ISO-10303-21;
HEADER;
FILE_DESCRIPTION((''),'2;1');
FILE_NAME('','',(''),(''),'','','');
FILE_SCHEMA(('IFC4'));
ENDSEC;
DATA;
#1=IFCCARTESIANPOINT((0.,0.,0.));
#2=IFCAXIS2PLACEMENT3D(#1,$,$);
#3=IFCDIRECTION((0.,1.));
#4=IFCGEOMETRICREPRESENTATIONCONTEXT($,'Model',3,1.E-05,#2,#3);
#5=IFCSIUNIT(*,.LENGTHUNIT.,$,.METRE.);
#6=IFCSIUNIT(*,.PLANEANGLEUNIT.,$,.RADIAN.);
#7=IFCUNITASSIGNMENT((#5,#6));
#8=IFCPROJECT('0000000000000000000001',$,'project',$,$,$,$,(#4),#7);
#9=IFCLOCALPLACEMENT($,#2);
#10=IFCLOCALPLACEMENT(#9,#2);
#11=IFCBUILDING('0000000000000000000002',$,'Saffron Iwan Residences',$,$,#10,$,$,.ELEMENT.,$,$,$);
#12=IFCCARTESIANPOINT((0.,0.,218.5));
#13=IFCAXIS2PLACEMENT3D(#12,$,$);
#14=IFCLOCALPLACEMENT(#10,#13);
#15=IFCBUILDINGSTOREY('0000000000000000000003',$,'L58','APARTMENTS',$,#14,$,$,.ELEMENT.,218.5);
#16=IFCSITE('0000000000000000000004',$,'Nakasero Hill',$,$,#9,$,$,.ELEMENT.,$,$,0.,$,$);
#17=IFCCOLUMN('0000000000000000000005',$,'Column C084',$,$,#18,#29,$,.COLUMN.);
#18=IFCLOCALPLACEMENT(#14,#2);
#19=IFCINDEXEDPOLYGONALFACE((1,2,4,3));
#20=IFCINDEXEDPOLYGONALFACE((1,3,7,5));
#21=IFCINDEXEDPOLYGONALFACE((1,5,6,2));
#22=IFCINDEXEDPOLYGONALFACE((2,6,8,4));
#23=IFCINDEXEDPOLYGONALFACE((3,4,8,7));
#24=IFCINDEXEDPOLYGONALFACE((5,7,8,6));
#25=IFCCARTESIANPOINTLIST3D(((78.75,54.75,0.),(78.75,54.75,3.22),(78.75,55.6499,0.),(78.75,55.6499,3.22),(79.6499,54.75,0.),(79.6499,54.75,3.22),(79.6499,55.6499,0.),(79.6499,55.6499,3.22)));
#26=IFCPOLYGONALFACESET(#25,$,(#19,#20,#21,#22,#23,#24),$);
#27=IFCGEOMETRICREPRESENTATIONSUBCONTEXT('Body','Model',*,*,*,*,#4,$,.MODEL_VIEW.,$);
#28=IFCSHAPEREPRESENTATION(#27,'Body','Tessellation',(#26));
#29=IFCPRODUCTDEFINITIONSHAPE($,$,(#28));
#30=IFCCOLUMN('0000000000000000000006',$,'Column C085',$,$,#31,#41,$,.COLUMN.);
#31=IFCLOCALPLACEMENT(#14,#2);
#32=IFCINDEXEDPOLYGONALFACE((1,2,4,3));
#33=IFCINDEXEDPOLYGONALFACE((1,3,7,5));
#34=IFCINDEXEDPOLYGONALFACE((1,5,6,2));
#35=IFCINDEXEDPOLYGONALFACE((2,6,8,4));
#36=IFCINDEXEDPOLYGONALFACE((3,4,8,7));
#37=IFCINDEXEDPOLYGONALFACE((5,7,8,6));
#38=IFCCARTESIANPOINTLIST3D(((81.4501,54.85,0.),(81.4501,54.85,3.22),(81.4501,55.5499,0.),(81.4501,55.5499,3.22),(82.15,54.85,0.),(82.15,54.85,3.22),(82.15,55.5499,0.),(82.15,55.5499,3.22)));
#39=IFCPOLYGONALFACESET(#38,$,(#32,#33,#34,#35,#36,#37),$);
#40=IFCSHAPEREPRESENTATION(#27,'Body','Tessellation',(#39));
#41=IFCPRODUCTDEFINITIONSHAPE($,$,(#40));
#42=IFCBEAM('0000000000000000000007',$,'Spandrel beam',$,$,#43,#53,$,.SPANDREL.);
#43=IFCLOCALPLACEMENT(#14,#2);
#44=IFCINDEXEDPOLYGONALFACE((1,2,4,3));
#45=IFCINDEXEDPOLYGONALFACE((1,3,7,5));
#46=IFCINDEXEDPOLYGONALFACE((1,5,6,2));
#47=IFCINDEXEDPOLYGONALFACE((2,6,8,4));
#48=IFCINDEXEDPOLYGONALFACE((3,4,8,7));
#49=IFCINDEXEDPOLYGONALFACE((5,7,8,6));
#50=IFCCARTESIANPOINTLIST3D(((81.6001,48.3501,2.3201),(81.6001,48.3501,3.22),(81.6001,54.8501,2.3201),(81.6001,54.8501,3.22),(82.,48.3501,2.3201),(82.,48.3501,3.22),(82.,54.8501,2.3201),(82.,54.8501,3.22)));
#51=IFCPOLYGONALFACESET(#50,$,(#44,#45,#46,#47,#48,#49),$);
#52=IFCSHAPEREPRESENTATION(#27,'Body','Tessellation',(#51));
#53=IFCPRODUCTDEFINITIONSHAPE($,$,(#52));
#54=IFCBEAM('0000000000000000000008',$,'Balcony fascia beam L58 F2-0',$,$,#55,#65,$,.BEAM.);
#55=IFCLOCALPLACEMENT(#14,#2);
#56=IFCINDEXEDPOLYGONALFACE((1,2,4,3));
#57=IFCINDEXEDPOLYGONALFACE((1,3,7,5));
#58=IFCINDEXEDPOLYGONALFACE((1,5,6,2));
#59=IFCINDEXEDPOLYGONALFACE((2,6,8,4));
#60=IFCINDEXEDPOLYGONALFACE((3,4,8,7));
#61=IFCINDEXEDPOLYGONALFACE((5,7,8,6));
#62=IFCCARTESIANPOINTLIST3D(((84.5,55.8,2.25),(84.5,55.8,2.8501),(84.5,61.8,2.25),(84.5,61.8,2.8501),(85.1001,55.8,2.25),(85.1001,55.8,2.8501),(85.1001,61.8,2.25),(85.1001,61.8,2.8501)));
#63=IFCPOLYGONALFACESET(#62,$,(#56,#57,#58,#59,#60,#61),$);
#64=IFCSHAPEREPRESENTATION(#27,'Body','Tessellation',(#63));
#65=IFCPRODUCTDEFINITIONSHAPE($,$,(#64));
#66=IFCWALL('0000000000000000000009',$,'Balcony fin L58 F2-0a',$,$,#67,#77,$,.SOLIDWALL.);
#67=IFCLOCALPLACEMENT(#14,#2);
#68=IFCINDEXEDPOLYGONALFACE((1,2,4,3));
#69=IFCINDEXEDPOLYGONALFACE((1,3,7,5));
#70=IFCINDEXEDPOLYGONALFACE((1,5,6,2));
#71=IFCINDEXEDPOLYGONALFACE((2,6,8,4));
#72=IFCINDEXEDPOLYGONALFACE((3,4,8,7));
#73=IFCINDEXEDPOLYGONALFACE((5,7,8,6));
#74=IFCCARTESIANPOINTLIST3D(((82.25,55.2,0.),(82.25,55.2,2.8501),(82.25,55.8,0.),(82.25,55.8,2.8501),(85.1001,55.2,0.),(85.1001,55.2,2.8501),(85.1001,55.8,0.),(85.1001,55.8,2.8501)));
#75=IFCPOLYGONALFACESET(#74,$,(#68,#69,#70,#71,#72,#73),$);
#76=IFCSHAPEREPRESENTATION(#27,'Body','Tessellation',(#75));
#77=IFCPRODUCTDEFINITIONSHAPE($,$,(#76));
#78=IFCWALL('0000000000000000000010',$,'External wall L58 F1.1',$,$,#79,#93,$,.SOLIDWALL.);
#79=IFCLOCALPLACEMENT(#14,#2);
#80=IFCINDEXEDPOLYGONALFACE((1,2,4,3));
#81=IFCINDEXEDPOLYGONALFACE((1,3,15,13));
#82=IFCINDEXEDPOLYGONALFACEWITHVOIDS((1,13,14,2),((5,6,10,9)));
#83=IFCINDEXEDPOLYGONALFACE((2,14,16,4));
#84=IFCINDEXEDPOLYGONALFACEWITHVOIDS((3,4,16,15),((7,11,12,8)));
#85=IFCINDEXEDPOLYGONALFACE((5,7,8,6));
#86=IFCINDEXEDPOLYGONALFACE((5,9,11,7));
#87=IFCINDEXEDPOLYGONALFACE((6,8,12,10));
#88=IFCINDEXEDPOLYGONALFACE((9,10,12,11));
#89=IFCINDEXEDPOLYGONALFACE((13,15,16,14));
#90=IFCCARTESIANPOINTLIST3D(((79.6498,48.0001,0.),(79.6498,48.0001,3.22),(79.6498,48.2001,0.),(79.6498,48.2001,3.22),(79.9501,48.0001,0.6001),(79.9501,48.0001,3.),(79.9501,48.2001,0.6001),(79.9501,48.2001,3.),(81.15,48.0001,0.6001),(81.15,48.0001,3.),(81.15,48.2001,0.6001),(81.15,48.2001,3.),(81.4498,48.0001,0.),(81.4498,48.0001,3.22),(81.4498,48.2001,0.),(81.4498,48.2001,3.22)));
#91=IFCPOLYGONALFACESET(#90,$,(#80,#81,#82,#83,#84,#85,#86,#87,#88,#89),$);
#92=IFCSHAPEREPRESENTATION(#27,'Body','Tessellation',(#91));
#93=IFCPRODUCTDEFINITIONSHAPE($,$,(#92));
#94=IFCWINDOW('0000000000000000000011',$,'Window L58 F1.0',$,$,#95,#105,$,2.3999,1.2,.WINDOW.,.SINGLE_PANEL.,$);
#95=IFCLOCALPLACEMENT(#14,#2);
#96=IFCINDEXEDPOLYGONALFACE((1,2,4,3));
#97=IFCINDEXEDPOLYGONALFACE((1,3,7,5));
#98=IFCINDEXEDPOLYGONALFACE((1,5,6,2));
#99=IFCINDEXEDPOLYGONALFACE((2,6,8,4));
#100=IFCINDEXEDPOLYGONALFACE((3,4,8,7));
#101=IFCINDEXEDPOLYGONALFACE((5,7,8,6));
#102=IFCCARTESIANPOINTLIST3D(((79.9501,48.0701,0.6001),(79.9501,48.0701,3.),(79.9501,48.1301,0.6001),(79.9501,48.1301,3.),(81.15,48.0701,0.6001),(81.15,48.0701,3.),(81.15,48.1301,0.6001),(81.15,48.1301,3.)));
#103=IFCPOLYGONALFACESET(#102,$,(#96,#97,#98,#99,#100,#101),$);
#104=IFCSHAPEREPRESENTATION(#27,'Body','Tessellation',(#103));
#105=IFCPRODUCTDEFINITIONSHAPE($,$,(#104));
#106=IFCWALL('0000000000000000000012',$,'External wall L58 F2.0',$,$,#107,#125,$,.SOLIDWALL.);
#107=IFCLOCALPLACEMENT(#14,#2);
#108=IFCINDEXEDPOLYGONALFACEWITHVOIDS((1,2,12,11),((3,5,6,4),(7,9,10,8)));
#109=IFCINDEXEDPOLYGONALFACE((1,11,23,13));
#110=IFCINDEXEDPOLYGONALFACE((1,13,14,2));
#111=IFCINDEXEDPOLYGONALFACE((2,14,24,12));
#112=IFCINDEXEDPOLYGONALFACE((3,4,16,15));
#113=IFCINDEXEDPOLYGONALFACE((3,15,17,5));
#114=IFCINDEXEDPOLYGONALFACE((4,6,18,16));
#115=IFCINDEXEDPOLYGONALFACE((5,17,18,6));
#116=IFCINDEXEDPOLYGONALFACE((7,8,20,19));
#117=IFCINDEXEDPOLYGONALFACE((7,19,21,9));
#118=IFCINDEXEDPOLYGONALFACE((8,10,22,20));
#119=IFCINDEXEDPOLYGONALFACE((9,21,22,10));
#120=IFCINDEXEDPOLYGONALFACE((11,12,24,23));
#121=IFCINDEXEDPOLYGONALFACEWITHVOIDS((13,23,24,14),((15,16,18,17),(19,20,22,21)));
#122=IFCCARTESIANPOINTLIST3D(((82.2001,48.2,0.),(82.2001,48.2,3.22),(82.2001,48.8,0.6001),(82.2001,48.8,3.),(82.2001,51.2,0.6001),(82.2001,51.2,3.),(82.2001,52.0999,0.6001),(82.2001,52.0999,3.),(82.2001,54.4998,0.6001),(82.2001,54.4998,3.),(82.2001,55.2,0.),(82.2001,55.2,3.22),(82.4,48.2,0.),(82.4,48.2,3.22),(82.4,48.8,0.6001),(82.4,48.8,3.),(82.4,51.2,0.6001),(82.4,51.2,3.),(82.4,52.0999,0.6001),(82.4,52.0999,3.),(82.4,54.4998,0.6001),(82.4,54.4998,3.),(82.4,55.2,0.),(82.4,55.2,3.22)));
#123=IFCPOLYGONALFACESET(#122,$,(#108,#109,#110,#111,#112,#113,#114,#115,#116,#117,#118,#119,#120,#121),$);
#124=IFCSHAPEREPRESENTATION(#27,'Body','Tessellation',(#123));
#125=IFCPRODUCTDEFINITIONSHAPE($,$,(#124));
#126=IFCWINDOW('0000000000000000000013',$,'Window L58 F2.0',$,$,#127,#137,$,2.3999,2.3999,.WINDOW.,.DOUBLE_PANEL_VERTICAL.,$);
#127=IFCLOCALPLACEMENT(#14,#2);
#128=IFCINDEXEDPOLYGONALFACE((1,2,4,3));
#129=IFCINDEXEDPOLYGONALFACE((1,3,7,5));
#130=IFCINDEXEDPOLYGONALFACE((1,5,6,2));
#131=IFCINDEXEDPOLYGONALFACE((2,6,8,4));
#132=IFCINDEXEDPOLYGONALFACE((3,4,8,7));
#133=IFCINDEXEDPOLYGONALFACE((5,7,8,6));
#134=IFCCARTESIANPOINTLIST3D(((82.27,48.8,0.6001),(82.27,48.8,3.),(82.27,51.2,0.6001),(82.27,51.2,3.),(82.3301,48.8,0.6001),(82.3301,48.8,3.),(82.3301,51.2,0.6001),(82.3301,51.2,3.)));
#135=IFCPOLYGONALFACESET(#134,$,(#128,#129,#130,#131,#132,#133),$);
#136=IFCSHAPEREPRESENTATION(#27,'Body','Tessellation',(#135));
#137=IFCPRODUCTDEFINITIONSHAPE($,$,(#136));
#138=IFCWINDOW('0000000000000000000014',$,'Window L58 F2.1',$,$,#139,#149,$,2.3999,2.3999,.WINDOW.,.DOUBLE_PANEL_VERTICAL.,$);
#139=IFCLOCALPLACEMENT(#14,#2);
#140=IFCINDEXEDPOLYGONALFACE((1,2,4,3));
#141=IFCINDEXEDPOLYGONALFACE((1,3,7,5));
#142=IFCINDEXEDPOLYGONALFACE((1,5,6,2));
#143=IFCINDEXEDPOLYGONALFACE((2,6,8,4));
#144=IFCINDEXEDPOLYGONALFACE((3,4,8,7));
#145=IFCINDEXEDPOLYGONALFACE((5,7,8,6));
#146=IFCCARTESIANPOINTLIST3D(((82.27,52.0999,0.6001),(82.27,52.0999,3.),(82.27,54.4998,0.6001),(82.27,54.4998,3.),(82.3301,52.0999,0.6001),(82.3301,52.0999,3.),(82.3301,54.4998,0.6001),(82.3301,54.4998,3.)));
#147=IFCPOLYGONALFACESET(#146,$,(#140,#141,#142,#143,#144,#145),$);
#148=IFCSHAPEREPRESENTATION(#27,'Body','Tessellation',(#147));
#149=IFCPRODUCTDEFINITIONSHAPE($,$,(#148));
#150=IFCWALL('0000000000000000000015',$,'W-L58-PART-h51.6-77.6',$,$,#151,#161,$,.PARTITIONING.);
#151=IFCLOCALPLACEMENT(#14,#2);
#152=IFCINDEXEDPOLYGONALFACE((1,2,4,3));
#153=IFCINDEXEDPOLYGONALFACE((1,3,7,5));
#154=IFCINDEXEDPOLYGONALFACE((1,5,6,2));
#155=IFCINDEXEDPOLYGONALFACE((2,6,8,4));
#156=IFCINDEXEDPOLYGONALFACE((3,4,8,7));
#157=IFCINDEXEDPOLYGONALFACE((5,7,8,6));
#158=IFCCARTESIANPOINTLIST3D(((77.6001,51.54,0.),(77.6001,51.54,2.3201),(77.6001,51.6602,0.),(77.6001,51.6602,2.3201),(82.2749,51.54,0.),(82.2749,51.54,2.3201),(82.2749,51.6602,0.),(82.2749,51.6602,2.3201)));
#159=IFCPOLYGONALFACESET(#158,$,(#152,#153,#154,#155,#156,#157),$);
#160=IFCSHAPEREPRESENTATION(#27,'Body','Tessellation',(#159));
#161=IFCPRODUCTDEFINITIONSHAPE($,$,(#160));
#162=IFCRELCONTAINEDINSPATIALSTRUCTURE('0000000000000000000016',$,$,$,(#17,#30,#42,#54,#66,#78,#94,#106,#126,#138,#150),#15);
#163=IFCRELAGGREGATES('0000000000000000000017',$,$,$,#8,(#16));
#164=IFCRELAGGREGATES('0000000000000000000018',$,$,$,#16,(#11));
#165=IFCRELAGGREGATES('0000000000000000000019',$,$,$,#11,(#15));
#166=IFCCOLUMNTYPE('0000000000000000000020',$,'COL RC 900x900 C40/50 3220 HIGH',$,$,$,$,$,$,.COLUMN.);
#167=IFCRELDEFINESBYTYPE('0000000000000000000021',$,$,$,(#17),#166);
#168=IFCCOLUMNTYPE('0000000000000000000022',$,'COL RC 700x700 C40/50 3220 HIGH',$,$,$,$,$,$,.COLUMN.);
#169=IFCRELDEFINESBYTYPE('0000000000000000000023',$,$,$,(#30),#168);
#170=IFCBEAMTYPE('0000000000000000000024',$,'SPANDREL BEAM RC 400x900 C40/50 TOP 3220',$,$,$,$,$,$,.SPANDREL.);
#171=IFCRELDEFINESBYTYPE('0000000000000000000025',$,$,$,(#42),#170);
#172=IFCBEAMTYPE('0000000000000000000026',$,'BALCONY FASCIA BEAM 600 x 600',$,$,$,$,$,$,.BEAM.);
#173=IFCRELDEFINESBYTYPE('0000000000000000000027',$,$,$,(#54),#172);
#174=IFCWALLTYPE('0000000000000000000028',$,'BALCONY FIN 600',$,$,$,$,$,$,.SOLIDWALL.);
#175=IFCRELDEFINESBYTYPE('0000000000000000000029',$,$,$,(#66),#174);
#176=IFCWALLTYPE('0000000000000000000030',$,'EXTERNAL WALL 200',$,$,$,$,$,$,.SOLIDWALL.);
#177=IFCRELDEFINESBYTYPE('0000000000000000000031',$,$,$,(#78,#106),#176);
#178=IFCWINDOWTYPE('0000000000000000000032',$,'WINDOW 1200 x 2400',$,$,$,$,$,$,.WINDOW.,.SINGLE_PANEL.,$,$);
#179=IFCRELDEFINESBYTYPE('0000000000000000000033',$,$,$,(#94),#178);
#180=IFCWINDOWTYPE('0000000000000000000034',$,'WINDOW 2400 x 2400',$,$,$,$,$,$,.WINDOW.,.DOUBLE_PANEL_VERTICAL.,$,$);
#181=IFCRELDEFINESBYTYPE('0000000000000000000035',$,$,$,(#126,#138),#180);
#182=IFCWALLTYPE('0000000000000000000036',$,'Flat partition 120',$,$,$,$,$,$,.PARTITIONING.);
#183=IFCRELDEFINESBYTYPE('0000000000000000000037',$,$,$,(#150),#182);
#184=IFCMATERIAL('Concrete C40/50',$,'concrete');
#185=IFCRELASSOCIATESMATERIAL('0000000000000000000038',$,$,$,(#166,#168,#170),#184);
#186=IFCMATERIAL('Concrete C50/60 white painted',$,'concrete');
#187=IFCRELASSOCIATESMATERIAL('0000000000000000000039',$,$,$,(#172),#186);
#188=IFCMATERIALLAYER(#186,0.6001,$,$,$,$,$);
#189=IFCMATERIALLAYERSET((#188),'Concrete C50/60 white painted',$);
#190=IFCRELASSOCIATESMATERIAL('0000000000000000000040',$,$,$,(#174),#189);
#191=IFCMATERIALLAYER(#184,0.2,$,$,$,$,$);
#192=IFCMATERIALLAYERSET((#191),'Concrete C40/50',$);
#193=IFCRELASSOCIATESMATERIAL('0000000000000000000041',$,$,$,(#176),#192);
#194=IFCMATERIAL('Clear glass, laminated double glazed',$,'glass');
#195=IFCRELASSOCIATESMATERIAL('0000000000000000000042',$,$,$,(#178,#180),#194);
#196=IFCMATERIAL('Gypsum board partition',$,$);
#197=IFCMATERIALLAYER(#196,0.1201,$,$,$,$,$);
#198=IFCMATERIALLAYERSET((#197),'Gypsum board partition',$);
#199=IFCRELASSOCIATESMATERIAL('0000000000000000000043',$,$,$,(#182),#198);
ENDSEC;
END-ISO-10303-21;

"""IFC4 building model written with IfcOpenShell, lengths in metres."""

from ifc_helpers import new_model, si_unit, direction, frame, frame_2d, origin, origin_2d, place, context, subcontext, project, spatial, rectangle, extrude, source, transform, mapped, material, layer, layer_set, material_profile, profile_set, type_object, element, fill, save


model = new_model("IFC4")

# Units and contexts
model_context = context("Model", 3, precision=1e-05, world=origin(), true_north=direction((0.0, 1.0)))
body_context = subcontext(model_context, "Body", "Model", "MODEL_VIEW")
ifc_project = project(units=[si_unit("LENGTHUNIT", "METRE"), si_unit("PLANEANGLEUNIT", "RADIAN")], contexts=[model_context])

# Site, building, storey
site_placement = place(None, origin())
site = spatial("IfcSite", under=ifc_project, at=site_placement, Name="Nakasero Hill", CompositionType="ELEMENT", RefElevation=0.0)
building_placement = place(site_placement, origin())
building = spatial("IfcBuilding", under=site, at=building_placement, Name="Saffron Iwan Residences", CompositionType="ELEMENT")
storey_placement = place(building_placement, frame((0.0, 0.0, 218.5)))
storey = spatial("IfcBuildingStorey", under=building, at=storey_placement, Name="L58", Description="APARTMENTS", CompositionType="ELEMENT", Elevation=218.5)

# Columns
ifc_material_1 = material(Name="Concrete C40/50", Category="concrete")
ifc_material_profile_1 = material_profile(ifc_material_1, rectangle(XDim=0.8999, YDim=0.8999, at=origin_2d()), Name="RC 900x900")
ifc_profile_set_1 = profile_set([ifc_material_profile_1], Name="Concrete C40/50")
column_type_1 = type_object("IfcColumnType", Name="COL RC 900x900 C40/50 3220 HIGH", PredefinedType="COLUMN", material=ifc_profile_set_1)
shared_shape_1 = source(origin(), body_context, "Body", "SweptSolid", [
    extrude(rectangle(XDim=0.8999, YDim=0.8999, at=origin_2d()), origin(), (0.0, 0.0, 1.0), 3.22),
])
column_1_placement = place(storey_placement, frame((79.2, 55.2, 0.0), z_axis=(0.0, 0.0, 1.0), x_axis=(1.0, 0.0, 0.0)))
element("IfcColumn", 1, at=column_1_placement, inside=storey, type_object=column_type_1, Name="Column C084", PredefinedType="COLUMN", context=body_context, shape_type="MappedRepresentation", body=[
    mapped(shared_shape_1, transform((0.0, 0.0, 0.0))),
])
ifc_material_profile_2 = material_profile(ifc_material_1, rectangle(XDim=0.7, YDim=0.7, at=origin_2d()), Name="RC 700x700")
ifc_profile_set_2 = profile_set([ifc_material_profile_2], Name="Concrete C40/50")
column_type_2 = type_object("IfcColumnType", Name="COL RC 700x700 C40/50 3220 HIGH", PredefinedType="COLUMN", material=ifc_profile_set_2)
shared_shape_2 = source(origin(), body_context, "Body", "SweptSolid", [
    extrude(rectangle(XDim=0.7, YDim=0.7, at=origin_2d()), origin(), (0.0, 0.0, 1.0), 3.22),
])
column_2_placement = place(storey_placement, frame((81.8, 55.2, 0.0), z_axis=(0.0, 0.0, 1.0), x_axis=(1.0, 0.0, 0.0)))
element("IfcColumn", 2, at=column_2_placement, inside=storey, type_object=column_type_2, Name="Column C085", PredefinedType="COLUMN", context=body_context, shape_type="MappedRepresentation", body=[
    mapped(shared_shape_2, transform((0.0, 0.0, 0.0))),
])

# Beams
ifc_material_profile_3 = material_profile(ifc_material_1, rectangle(XDim=0.3999, YDim=0.8999, at=origin_2d()), Name="RC 400x900")
ifc_profile_set_3 = profile_set([ifc_material_profile_3], Name="Concrete C40/50")
beam_type_1 = type_object("IfcBeamType", Name="SPANDREL BEAM RC 400x900 C40/50 TOP 3220", PredefinedType="SPANDREL", material=ifc_profile_set_3)
shared_shape_3 = source(origin(), body_context, "Body", "SweptSolid", [
    extrude(rectangle(XDim=0.3999, YDim=0.8999, at=origin_2d()), origin(), (0.0, 0.0, 1.0), 6.5),
])
beam_1_placement = place(storey_placement, frame((81.8, 54.8501, 2.77), z_axis=(0.0, -1.0, 0.0), x_axis=(1.0, 0.0, 0.0)))
element("IfcBeam", 3, at=beam_1_placement, inside=storey, type_object=beam_type_1, Name="Spandrel beam", PredefinedType="SPANDREL", context=body_context, shape_type="MappedRepresentation", body=[
    mapped(shared_shape_3, transform((0.0, 0.0, 0.0))),
])
ifc_material_2 = material(Name="Concrete C50/60 white painted", Category="concrete")
ifc_material_profile_4 = material_profile(ifc_material_2, rectangle(XDim=0.6001, YDim=0.6001, at=origin_2d()), Name="BALCONY FASCIA BEAM 600 x 600")
ifc_profile_set_4 = profile_set([ifc_material_profile_4], Name="Concrete C50/60 white painted")
beam_type_2 = type_object("IfcBeamType", Name="BALCONY FASCIA BEAM 600 x 600", PredefinedType="BEAM", material=ifc_profile_set_4)
shared_shape_4 = source(origin(), body_context, "Body", "SweptSolid", [
    extrude(rectangle(XDim=0.6001, YDim=0.6001, at=origin_2d()), origin(), (0.0, 0.0, 1.0), 6.0),
])
beam_2_placement = place(storey_placement, frame((84.8, 55.8, 2.55), z_axis=(0.0, 1.0, 0.0), x_axis=(-1.0, 0.0, 0.0)))
element("IfcBeam", 4, at=beam_2_placement, inside=storey, type_object=beam_type_2, Name="Balcony fascia beam L58 F2-0", PredefinedType="BEAM", context=body_context, shape_type="MappedRepresentation", body=[
    mapped(shared_shape_4, transform((0.0, 0.0, 0.0))),
])

# Wall
ifc_layer_1 = layer(ifc_material_2, 0.6001)
ifc_layer_set_1 = layer_set([ifc_layer_1], Name="Concrete C50/60 white painted")
wall_type_1 = type_object("IfcWallType", Name="BALCONY FIN 600", PredefinedType="SOLIDWALL", material=ifc_layer_set_1)
wall_1_placement = place(storey_placement, frame((82.25, 55.5, 0.0), z_axis=(0.0, 0.0, 1.0), x_axis=(1.0, 0.0, 0.0)))
element("IfcWall", 5, at=wall_1_placement, inside=storey, type_object=wall_type_1, Name="Balcony fin L58 F2-0a", PredefinedType="SOLIDWALL", context=body_context, shape_type="SweptSolid", body=[
    extrude(rectangle(XDim=2.8501, YDim=0.6001, at=frame_2d((1.425, 0.0))), origin(), (0.0, 0.0, 1.0), 2.8501),
])

# Wall, opening, window
ifc_layer_2 = layer(ifc_material_1, 0.2)
ifc_layer_set_2 = layer_set([ifc_layer_2], Name="Concrete C40/50")
wall_type_2 = type_object("IfcWallType", Name="EXTERNAL WALL 200", PredefinedType="SOLIDWALL", material=ifc_layer_set_2)
wall_2_placement = place(storey_placement, frame((79.6499, 48.1001, 0.0), z_axis=(0.0, 0.0, 1.0), x_axis=(1.0, 0.0, 0.0)))
wall_2 = element("IfcWall", 6, at=wall_2_placement, inside=storey, type_object=wall_type_2, Name="External wall L58 F1.1", PredefinedType="SOLIDWALL", context=body_context, shape_type="SweptSolid", body=[
    extrude(rectangle(XDim=1.8, YDim=0.2, at=frame_2d((0.8999, 0.0))), origin(), (0.0, 0.0, 1.0), 3.22),
])
opening_1_placement = place(wall_2_placement, frame((0.3, 0.0, 0.6001)))
opening_1 = element("IfcOpeningElement", 7, at=opening_1_placement, cuts=wall_2, PredefinedType="OPENING", context=body_context, shape_type="SweptSolid", body=[
    extrude(rectangle(XDim=1.2, YDim=2.3999, at=frame_2d((0.6001, 1.2))), frame((0.0, 0.1099, 0.0), z_axis=(0.0, -1.0, 0.0), x_axis=(1.0, 0.0, 0.0)), (0.0, 0.0, 1.0), 0.22),
])
ifc_material_3 = material(Name="Clear glass, laminated double glazed", Category="glass")
window_type_1 = type_object("IfcWindowType", Name="WINDOW 1200 x 2400", PartitioningType="SINGLE_PANEL", PredefinedType="WINDOW", material=ifc_material_3)
window_1_placement = place(opening_1_placement, origin())
window_1 = element("IfcWindow", 8, at=window_1_placement, inside=storey, type_object=window_type_1, Name="Window L58 F1.0", OverallHeight=2.3999, OverallWidth=1.2, PartitioningType="SINGLE_PANEL", PredefinedType="WINDOW", context=body_context, shape_type="SweptSolid", body=[
    extrude(rectangle(XDim=1.2, YDim=2.3999, at=frame_2d((0.6001, 1.2))), frame((0.0, 0.03, 0.0), z_axis=(0.0, -1.0, 0.0), x_axis=(1.0, 0.0, 0.0)), (0.0, 0.0, 1.0), 0.0601),
])
fill(opening_1, window_1)

# Wall, openings, windows
wall_3_placement = place(storey_placement, frame((82.3, 48.2, 0.0), z_axis=(0.0, 0.0, 1.0), x_axis=(0.0, 1.0, 0.0)))
wall_3 = element("IfcWall", 9, at=wall_3_placement, inside=storey, type_object=wall_type_2, Name="External wall L58 F2.0", PredefinedType="SOLIDWALL", context=body_context, shape_type="SweptSolid", body=[
    extrude(rectangle(XDim=7.0, YDim=0.2, at=frame_2d((3.5, 0.0))), origin(), (0.0, 0.0, 1.0), 3.22),
])
opening_2_placement = place(wall_3_placement, frame((0.6001, 0.0, 0.6001)))
opening_2 = element("IfcOpeningElement", 10, at=opening_2_placement, cuts=wall_3, PredefinedType="OPENING", context=body_context, shape_type="SweptSolid", body=[
    extrude(rectangle(XDim=2.3999, YDim=2.3999, at=frame_2d((1.2, 1.2))), frame((0.0, 0.1099, 0.0), z_axis=(0.0, -1.0, 0.0), x_axis=(1.0, 0.0, 0.0)), (0.0, 0.0, 1.0), 0.22),
])
opening_3_placement = place(wall_3_placement, frame((3.8999, 0.0, 0.6001)))
opening_3 = element("IfcOpeningElement", 11, at=opening_3_placement, cuts=wall_3, PredefinedType="OPENING", context=body_context, shape_type="SweptSolid", body=[
    extrude(rectangle(XDim=2.3999, YDim=2.3999, at=frame_2d((1.2, 1.2))), frame((0.0, 0.1099, 0.0), z_axis=(0.0, -1.0, 0.0), x_axis=(1.0, 0.0, 0.0)), (0.0, 0.0, 1.0), 0.22),
])
window_type_2 = type_object("IfcWindowType", Name="WINDOW 2400 x 2400", PartitioningType="DOUBLE_PANEL_VERTICAL", PredefinedType="WINDOW", material=ifc_material_3)
window_2_placement = place(opening_2_placement, origin())
window_2 = element("IfcWindow", 12, at=window_2_placement, inside=storey, type_object=window_type_2, Name="Window L58 F2.0", OverallHeight=2.3999, OverallWidth=2.3999, PartitioningType="DOUBLE_PANEL_VERTICAL", PredefinedType="WINDOW", context=body_context, shape_type="SweptSolid", body=[
    extrude(rectangle(XDim=2.3999, YDim=2.3999, at=frame_2d((1.2, 1.2))), frame((0.0, 0.03, 0.0), z_axis=(0.0, -1.0, 0.0), x_axis=(1.0, 0.0, 0.0)), (0.0, 0.0, 1.0), 0.0601),
])
fill(opening_2, window_2)
window_3_placement = place(opening_3_placement, origin())
window_3 = element("IfcWindow", 13, at=window_3_placement, inside=storey, type_object=window_type_2, Name="Window L58 F2.1", OverallHeight=2.3999, OverallWidth=2.3999, PartitioningType="DOUBLE_PANEL_VERTICAL", PredefinedType="WINDOW", context=body_context, shape_type="SweptSolid", body=[
    extrude(rectangle(XDim=2.3999, YDim=2.3999, at=frame_2d((1.2, 1.2))), frame((0.0, 0.03, 0.0), z_axis=(0.0, -1.0, 0.0), x_axis=(1.0, 0.0, 0.0)), (0.0, 0.0, 1.0), 0.0601),
])
fill(opening_3, window_3)

# Wall
ifc_material_4 = material(Name="Gypsum board partition")
ifc_layer_3 = layer(ifc_material_4, 0.1201)
ifc_layer_set_3 = layer_set([ifc_layer_3], Name="Gypsum board partition")
wall_type_3 = type_object("IfcWallType", Name="Flat partition 120", PredefinedType="PARTITIONING", material=ifc_layer_set_3)
wall_4_placement = place(storey_placement, frame((77.6001, 51.6001, 0.0), z_axis=(0.0, 0.0, 1.0), x_axis=(1.0, 0.0, 0.0)))
element("IfcWall", 14, at=wall_4_placement, inside=storey, type_object=wall_type_3, Name="W-L58-PART-h51.6-77.6", PredefinedType="PARTITIONING", context=body_context, shape_type="SweptSolid", body=[
    extrude(rectangle(XDim=4.6748, YDim=0.1201, at=frame_2d((2.3374, 0.0))), origin(), (0.0, 0.0, 1.0), 2.3201),
])

save(model, "model.ifc")
